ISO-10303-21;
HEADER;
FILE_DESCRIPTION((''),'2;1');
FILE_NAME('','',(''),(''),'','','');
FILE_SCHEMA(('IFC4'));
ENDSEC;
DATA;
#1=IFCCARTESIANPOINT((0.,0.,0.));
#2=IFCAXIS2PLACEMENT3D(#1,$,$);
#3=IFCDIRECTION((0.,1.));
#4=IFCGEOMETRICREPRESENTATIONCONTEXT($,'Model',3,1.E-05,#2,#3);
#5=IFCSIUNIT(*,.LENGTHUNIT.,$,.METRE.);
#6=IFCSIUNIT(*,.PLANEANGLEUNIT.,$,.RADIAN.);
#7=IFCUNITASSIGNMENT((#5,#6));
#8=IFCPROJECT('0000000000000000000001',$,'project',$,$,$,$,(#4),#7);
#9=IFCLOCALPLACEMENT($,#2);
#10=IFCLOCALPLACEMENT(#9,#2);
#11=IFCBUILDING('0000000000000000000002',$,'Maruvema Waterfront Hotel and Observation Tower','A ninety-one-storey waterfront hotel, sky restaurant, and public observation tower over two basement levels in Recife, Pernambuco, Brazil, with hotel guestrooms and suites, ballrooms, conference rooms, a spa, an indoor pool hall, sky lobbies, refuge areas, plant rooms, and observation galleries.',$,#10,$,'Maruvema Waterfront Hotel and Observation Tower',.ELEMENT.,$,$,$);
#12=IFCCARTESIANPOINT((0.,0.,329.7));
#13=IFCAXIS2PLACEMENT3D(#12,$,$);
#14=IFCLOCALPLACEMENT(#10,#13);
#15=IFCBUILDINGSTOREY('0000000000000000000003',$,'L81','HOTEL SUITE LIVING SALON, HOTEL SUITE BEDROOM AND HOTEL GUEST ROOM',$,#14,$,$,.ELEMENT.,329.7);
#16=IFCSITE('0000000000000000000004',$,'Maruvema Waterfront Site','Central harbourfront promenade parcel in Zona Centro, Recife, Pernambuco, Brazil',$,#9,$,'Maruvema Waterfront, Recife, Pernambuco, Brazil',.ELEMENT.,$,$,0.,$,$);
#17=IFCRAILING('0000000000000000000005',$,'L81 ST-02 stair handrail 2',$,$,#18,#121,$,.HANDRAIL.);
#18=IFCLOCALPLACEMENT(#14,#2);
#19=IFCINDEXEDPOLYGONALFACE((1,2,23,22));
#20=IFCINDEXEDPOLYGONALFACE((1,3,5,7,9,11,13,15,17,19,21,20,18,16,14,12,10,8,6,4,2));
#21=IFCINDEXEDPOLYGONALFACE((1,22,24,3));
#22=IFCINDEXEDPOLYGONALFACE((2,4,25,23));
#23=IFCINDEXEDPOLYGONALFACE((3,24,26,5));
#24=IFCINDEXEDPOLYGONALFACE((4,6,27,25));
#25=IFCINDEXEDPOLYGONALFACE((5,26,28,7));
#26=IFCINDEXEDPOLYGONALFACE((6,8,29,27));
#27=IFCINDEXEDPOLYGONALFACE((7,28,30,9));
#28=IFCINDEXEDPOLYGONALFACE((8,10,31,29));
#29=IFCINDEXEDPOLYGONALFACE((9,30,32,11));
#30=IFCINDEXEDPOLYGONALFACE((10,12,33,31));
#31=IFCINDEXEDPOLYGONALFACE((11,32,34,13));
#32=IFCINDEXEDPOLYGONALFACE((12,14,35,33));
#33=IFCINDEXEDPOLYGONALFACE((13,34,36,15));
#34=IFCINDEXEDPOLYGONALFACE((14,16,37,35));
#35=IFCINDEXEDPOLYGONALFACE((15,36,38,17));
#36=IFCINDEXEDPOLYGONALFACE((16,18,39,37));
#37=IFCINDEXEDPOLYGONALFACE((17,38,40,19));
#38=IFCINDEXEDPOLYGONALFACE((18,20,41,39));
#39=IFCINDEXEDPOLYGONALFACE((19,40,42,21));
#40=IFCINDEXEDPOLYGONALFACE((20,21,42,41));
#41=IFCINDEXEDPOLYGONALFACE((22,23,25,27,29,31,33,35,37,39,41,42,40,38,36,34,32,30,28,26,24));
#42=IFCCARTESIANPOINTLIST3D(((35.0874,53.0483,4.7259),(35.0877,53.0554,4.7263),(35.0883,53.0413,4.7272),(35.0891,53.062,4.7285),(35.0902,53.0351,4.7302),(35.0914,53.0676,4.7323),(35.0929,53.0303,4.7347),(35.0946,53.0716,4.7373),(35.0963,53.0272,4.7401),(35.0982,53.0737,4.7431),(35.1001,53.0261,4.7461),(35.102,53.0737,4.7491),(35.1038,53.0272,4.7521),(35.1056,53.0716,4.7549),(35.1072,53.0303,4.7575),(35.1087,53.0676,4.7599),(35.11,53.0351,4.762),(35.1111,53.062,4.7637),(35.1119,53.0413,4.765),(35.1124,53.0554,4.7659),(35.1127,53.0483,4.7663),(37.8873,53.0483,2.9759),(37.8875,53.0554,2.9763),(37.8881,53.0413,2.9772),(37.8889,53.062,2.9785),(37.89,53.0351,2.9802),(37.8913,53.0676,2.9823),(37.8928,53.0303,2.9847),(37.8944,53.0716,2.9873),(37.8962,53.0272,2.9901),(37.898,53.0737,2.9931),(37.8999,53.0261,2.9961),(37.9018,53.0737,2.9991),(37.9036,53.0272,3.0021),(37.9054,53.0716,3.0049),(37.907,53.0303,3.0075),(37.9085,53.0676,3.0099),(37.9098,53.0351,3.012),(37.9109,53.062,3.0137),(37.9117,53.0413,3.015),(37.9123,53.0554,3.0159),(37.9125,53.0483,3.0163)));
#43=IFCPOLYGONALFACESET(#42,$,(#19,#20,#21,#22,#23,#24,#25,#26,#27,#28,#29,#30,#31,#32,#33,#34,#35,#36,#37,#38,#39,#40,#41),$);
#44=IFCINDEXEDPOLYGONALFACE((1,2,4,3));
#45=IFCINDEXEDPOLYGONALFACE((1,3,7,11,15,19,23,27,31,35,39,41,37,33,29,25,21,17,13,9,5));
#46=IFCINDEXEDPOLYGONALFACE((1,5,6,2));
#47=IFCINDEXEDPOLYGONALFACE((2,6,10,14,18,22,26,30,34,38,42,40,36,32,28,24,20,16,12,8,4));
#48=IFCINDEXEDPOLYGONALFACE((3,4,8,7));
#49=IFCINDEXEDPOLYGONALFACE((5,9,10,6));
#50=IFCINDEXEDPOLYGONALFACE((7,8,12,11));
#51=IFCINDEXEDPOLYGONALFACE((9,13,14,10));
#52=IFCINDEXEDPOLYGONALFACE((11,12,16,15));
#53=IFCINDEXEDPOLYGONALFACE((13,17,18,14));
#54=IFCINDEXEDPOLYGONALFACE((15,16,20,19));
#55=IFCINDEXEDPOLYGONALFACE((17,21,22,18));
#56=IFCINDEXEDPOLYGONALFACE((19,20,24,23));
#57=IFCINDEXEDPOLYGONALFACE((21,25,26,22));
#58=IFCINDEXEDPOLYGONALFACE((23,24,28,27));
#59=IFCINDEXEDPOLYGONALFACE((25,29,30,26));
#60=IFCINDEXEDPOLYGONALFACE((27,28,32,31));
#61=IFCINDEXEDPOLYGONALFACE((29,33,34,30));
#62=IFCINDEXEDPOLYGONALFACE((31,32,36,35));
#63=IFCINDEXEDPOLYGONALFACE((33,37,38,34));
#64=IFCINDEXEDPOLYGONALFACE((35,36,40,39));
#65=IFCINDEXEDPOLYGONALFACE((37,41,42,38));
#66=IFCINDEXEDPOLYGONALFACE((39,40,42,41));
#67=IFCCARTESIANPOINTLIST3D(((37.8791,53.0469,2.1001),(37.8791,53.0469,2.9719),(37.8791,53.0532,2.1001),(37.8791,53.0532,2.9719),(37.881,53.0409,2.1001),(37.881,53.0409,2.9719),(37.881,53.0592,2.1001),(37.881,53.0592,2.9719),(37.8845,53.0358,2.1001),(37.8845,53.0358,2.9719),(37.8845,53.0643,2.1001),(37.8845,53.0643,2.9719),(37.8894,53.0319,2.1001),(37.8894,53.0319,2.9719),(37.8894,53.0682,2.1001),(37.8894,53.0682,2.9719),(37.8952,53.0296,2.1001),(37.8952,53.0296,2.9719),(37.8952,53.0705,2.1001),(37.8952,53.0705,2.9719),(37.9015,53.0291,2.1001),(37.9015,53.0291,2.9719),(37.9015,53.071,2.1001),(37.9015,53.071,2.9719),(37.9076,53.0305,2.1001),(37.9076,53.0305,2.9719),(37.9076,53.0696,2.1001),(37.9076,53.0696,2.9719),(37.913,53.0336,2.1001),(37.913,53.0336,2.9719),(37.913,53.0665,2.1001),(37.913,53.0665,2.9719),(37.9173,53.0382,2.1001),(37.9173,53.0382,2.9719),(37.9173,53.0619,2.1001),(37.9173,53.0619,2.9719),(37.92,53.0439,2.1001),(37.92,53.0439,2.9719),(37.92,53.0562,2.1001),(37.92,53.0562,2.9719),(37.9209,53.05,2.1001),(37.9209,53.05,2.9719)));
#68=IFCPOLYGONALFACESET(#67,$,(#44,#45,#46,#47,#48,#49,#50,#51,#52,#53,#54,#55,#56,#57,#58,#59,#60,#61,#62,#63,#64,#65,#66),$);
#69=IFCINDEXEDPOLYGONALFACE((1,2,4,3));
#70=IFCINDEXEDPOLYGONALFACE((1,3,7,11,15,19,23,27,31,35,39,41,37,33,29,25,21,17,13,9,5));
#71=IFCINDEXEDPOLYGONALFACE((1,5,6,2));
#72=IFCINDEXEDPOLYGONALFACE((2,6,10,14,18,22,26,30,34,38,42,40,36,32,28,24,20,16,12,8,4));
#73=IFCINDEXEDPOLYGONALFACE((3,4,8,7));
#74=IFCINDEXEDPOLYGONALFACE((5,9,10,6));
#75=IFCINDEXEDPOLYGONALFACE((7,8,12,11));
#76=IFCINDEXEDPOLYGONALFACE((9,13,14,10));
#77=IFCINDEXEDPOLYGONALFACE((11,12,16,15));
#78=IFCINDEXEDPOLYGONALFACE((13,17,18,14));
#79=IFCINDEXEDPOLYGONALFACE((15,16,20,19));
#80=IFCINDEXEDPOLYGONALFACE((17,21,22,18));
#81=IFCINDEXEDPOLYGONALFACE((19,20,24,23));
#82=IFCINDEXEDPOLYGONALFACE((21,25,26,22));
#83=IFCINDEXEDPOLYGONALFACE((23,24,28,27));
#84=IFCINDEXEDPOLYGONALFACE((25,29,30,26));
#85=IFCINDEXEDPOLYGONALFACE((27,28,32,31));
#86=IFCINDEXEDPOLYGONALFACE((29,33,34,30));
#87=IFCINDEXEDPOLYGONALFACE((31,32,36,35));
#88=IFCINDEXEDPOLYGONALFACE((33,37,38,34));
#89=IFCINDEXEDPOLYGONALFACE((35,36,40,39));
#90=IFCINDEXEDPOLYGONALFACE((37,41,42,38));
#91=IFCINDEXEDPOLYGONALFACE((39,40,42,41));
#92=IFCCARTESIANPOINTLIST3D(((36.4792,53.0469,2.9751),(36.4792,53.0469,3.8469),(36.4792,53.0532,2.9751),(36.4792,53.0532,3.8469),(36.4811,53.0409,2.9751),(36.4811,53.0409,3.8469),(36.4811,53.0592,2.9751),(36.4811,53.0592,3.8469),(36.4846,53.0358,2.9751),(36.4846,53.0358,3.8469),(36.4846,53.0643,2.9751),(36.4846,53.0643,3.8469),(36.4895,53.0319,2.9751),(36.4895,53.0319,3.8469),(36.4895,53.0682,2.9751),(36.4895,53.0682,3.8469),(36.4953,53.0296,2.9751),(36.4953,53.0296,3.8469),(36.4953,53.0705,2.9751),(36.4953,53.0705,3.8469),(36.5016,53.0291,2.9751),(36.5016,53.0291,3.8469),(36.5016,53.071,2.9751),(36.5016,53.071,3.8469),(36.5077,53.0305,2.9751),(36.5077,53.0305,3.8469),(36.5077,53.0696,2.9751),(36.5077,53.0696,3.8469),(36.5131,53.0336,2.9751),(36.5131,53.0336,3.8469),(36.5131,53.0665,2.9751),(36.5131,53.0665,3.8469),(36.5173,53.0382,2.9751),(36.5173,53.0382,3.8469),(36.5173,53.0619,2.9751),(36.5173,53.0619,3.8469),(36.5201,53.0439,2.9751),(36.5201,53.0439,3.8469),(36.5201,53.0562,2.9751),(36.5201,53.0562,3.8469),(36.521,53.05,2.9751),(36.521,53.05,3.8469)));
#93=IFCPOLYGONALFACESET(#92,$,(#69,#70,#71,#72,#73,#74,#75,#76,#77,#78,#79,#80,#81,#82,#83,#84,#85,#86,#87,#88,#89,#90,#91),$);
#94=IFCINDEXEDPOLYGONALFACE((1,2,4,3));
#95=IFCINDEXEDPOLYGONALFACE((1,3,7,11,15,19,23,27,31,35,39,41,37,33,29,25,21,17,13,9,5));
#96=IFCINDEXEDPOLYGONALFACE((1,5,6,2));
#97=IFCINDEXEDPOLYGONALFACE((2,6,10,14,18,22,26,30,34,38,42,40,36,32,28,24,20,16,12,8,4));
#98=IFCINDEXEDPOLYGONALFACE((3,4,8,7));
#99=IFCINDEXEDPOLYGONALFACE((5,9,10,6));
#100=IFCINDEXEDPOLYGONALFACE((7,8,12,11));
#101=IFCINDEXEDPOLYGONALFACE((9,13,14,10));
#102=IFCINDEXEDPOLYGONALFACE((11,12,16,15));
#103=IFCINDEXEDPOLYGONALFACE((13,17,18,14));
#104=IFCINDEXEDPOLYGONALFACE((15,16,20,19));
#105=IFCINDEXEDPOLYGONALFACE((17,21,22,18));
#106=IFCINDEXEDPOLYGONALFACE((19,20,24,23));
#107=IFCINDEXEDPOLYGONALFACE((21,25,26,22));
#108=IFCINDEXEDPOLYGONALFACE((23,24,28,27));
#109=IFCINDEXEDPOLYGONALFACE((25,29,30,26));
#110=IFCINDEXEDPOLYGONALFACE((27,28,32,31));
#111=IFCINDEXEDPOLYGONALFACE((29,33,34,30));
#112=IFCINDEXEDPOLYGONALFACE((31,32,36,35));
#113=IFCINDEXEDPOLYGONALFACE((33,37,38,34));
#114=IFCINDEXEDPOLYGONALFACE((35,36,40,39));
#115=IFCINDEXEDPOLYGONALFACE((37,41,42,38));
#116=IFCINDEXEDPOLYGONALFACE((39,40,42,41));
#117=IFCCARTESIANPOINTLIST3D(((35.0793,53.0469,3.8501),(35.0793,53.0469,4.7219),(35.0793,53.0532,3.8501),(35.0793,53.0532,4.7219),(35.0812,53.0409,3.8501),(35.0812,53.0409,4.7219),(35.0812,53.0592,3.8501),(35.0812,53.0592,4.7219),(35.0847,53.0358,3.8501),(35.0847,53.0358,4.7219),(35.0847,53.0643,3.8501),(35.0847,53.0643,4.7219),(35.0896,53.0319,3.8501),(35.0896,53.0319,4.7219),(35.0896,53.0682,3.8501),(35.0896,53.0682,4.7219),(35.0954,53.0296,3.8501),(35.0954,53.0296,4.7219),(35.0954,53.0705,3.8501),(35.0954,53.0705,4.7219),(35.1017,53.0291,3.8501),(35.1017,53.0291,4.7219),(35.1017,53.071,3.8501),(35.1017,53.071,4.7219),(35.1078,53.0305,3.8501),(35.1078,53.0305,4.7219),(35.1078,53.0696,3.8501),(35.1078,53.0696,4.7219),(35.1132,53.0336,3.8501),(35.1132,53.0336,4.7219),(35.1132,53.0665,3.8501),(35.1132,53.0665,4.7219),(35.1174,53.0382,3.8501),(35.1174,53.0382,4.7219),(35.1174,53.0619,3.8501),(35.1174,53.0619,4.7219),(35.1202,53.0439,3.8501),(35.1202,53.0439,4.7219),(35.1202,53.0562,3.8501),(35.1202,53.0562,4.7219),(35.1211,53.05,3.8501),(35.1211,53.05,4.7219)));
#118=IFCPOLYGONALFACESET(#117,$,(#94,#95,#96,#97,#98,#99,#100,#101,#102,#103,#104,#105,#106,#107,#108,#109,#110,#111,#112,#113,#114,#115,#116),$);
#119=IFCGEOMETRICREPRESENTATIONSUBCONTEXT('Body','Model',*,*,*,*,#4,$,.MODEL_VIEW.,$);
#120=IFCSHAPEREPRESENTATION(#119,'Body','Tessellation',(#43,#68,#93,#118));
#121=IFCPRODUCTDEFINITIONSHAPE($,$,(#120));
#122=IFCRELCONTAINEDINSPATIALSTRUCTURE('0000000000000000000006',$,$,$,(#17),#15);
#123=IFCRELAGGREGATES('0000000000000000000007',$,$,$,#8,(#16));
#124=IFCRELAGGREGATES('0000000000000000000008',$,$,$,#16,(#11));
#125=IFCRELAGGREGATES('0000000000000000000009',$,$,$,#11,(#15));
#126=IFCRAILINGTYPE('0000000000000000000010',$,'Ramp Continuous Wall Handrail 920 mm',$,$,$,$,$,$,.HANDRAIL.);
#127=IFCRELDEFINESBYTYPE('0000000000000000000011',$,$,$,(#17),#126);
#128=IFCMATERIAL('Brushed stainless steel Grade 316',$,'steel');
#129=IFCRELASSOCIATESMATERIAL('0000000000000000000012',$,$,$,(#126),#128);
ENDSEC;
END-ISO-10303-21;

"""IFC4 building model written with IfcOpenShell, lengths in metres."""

from ifc_helpers import new_model, si_unit, direction, frame, origin, origin_2d, place, context, subcontext, project, spatial, circle, extrude, material, type_object, element, save


model = new_model("IFC4")

# Units and contexts
model_context = context("Model", 3, precision=1e-05, world=origin(), true_north=direction((0.0, 1.0)))
body_context = subcontext(model_context, "Body", "Model", "MODEL_VIEW")
ifc_project = project(units=[si_unit("LENGTHUNIT", "METRE"), si_unit("PLANEANGLEUNIT", "RADIAN")], contexts=[model_context])

# Site, building, storey
site_placement = place(None, origin())
site = spatial("IfcSite", under=ifc_project, at=site_placement, Name="Maruvema Waterfront Site", Description="Central harbourfront promenade parcel in Zona Centro, Recife, Pernambuco, Brazil", LongName="Maruvema Waterfront, Recife, Pernambuco, Brazil", CompositionType="ELEMENT", RefElevation=0.0)
building_placement = place(site_placement, origin())
building = spatial("IfcBuilding", under=site, at=building_placement, Name="Maruvema Waterfront Hotel and Observation Tower", Description="A ninety-one-storey waterfront hotel, sky restaurant, and public observation tower over two basement levels in Recife, Pernambuco, Brazil, with hotel guestrooms and suites, ballrooms, conference rooms, a spa, an indoor pool hall, sky lobbies, refuge areas, plant rooms, and observation galleries.", LongName="Maruvema Waterfront Hotel and Observation Tower", CompositionType="ELEMENT")
storey_placement = place(building_placement, frame((0.0, 0.0, 329.7)))
storey = spatial("IfcBuildingStorey", under=building, at=storey_placement, Name="L81", Description="HOTEL SUITE LIVING SALON, HOTEL SUITE BEDROOM AND HOTEL GUEST ROOM", CompositionType="ELEMENT", Elevation=329.7)

# Railing
ifc_material_1 = material(Name="Brushed stainless steel Grade 316", Category="steel")
railing_type_1 = type_object("IfcRailingType", Name="Ramp Continuous Wall Handrail 920 mm", PredefinedType="HANDRAIL", material=ifc_material_1)
railing_1_placement = place(storey_placement, frame((37.8999, 53.05, 2.1001)))
element("IfcRailing", 1, at=railing_1_placement, inside=storey, type_object=railing_type_1, Name="L81 ST-02 stair handrail 2", PredefinedType="HANDRAIL", context=body_context, shape_type="SweptSolid", body=[
    extrude(circle(Radius=0.0239, at=origin_2d()), frame((0.0, 0.0, 0.896), z_axis=(-0.847982, 0.0, 0.530026), x_axis=(0.0, -1.0, 0.0)), (0.0, 0.0, 1.0), 3.3018),
    extrude(circle(Radius=0.021, at=origin_2d()), origin(), (0.0, 0.0, 1.0), 0.8718),
    extrude(circle(Radius=0.021, at=origin_2d()), frame((-1.3999, 0.0, 0.875)), (0.0, 0.0, 1.0), 0.8718),
    extrude(circle(Radius=0.021, at=origin_2d()), frame((-2.7998, 0.0, 1.75)), (0.0, 0.0, 1.0), 0.8718),
])

save(model, "model.ifc")
